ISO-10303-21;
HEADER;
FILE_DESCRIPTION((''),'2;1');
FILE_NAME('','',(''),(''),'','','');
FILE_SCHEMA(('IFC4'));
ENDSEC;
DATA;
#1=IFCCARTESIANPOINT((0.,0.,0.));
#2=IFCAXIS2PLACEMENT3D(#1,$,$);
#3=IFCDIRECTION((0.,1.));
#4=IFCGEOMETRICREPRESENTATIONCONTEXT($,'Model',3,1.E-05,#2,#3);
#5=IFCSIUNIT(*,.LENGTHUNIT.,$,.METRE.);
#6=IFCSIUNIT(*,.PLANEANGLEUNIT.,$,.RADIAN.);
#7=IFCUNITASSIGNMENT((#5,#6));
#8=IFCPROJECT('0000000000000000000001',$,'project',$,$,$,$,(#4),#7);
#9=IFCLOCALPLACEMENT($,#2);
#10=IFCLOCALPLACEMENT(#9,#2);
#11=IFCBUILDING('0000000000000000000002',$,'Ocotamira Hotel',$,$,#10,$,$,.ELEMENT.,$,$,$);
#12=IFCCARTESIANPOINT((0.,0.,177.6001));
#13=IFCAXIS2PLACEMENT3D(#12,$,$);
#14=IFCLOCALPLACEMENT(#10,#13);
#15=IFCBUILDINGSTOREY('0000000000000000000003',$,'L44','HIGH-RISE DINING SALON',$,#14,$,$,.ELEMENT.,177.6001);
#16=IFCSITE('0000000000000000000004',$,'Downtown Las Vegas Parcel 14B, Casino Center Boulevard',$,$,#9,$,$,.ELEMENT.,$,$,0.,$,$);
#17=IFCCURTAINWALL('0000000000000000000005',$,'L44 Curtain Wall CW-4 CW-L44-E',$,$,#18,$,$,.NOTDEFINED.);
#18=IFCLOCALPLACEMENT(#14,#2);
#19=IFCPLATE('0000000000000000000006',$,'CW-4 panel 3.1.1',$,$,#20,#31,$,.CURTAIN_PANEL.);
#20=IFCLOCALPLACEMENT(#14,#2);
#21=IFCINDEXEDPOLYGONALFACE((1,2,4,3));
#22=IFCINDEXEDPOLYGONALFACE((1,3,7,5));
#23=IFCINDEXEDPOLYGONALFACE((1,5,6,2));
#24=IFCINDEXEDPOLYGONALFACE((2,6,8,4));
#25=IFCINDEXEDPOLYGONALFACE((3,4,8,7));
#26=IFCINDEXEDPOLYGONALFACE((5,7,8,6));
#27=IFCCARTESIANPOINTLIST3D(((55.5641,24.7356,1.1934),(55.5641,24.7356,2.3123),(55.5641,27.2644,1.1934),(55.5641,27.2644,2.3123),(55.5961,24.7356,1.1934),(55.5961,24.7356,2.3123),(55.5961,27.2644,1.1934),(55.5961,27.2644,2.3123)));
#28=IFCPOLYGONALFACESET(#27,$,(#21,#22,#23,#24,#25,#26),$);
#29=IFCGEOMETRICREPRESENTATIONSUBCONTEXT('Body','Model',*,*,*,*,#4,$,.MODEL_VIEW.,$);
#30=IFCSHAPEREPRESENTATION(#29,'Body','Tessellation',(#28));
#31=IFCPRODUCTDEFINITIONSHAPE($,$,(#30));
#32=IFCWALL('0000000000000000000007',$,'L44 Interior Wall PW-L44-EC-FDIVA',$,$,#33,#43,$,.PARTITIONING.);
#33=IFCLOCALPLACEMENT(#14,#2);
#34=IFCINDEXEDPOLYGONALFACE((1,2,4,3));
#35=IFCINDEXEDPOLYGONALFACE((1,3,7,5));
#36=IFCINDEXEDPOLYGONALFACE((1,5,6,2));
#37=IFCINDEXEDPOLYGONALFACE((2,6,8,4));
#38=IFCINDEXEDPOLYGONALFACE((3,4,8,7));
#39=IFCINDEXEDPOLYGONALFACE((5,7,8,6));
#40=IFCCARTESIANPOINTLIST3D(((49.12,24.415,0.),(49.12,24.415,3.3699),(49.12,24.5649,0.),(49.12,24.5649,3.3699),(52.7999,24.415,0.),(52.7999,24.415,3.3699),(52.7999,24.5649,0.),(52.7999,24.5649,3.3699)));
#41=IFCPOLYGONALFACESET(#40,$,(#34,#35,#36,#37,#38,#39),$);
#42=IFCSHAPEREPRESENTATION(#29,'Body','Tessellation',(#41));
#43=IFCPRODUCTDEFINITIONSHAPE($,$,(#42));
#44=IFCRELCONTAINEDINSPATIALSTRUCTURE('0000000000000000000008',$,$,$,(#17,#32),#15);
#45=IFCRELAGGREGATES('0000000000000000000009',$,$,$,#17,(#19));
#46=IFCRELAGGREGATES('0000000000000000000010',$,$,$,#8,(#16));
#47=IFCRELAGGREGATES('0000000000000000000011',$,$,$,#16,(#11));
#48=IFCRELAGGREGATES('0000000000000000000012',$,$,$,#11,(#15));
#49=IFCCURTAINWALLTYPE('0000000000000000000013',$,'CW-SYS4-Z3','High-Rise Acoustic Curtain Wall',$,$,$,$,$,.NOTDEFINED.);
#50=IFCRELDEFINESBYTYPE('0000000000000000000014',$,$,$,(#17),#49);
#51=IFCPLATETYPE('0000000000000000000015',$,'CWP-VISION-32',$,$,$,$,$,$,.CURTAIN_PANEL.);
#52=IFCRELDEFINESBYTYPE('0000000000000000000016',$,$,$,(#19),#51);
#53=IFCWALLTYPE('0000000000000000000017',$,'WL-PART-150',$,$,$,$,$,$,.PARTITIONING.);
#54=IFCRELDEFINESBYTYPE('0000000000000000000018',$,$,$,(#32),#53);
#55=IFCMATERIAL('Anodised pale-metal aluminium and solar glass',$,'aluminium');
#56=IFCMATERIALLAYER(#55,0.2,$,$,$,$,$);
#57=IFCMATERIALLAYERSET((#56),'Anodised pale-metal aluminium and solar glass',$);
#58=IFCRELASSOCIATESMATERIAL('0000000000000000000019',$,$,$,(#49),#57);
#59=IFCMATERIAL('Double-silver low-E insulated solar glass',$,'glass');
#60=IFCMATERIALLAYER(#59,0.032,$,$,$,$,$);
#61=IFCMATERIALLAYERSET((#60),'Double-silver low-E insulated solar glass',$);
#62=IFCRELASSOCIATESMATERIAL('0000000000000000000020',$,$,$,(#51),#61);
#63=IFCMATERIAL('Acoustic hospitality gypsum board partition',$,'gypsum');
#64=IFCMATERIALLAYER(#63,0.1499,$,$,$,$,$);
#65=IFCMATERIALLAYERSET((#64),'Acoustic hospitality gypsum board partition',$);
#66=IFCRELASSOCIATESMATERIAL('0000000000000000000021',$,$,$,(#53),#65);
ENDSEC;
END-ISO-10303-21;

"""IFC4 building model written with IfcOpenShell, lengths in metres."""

from ifc_helpers import new_model, si_unit, direction, frame, frame_2d, origin, origin_2d, place, context, subcontext, project, spatial, rectangle, extrude, source, transform, mapped, material, layer, layer_set, type_object, element, aggregate, save


model = new_model("IFC4")

# Units and contexts
model_context = context("Model", 3, precision=1e-05, world=origin(), true_north=direction((0.0, 1.0)))
body_context = subcontext(model_context, "Body", "Model", "MODEL_VIEW")
ifc_project = project(units=[si_unit("LENGTHUNIT", "METRE"), si_unit("PLANEANGLEUNIT", "RADIAN")], contexts=[model_context])

# Site, building, storey
site_placement = place(None, origin())
site = spatial("IfcSite", under=ifc_project, at=site_placement, Name="Downtown Las Vegas Parcel 14B, Casino Center Boulevard", CompositionType="ELEMENT", RefElevation=0.0)
building_placement = place(site_placement, origin())
building = spatial("IfcBuilding", under=site, at=building_placement, Name="Ocotamira Hotel", CompositionType="ELEMENT")
storey_placement = place(building_placement, frame((0.0, 0.0, 177.6001)))
storey = spatial("IfcBuildingStorey", under=building, at=storey_placement, Name="L44", Description="HIGH-RISE DINING SALON", CompositionType="ELEMENT", Elevation=177.6001)

# Curtain wall
ifc_material_1 = material(Name="Anodised pale-metal aluminium and solar glass", Category="aluminium")
ifc_layer_1 = layer(ifc_material_1, 0.2)
ifc_layer_set_1 = layer_set([ifc_layer_1], Name="Anodised pale-metal aluminium and solar glass")
curtain_wall_type = type_object("IfcCurtainWallType", Name="CW-SYS4-Z3", Description="High-Rise Acoustic Curtain Wall", PredefinedType="NOTDEFINED", material=ifc_layer_set_1)
curtain_wall_placement = place(storey_placement, origin())
curtain_wall = element("IfcCurtainWall", 1, at=curtain_wall_placement, inside=storey, type_object=curtain_wall_type, Name="L44 Curtain Wall CW-4 CW-L44-E", PredefinedType="NOTDEFINED")

# Plate
ifc_material_2 = material(Name="Double-silver low-E insulated solar glass", Category="glass")
ifc_layer_2 = layer(ifc_material_2, 0.032)
ifc_layer_set_2 = layer_set([ifc_layer_2], Name="Double-silver low-E insulated solar glass")
plate_type_1 = type_object("IfcPlateType", Name="CWP-VISION-32", PredefinedType="CURTAIN_PANEL", material=ifc_layer_set_2)
shared_shape_1 = source(origin(), body_context, "Body", "SweptSolid", [
    extrude(rectangle(XDim=2.5288, YDim=0.032, at=origin_2d()), origin(), (0.0, 0.0, 1.0), 1.1189),
])
plate_1_placement = place(storey_placement, frame((55.5801, 26.0, 1.1934), z_axis=(0.0, 0.0, 1.0), x_axis=(0.0, 1.0, 0.0)))
plate_1 = element("IfcPlate", 2, at=plate_1_placement, type_object=plate_type_1, Name="CW-4 panel 3.1.1", PredefinedType="CURTAIN_PANEL", context=body_context, shape_type="MappedRepresentation", body=[
    mapped(shared_shape_1, transform((0.0, 0.0, 0.0), scale=1.0)),
])
aggregate(curtain_wall, [plate_1])

# Wall
ifc_material_3 = material(Name="Acoustic hospitality gypsum board partition", Category="gypsum")
ifc_layer_3 = layer(ifc_material_3, 0.1499)
ifc_layer_set_3 = layer_set([ifc_layer_3], Name="Acoustic hospitality gypsum board partition")
wall_type = type_object("IfcWallType", Name="WL-PART-150", PredefinedType="PARTITIONING", material=ifc_layer_set_3)
wall_placement = place(storey_placement, frame((49.1201, 24.49, 0.0), z_axis=(0.0, 0.0, 1.0), x_axis=(1.0, 0.0, 0.0)))
element("IfcWall", 3, at=wall_placement, inside=storey, type_object=wall_type, Name="L44 Interior Wall PW-L44-EC-FDIVA", PredefinedType="PARTITIONING", context=body_context, shape_type="SweptSolid", body=[
    extrude(rectangle(XDim=3.6799, YDim=0.1499, at=frame_2d((1.8398, 0.0))), origin(), (0.0, 0.0, 1.0), 3.3699),
])

save(model, "model.ifc")
